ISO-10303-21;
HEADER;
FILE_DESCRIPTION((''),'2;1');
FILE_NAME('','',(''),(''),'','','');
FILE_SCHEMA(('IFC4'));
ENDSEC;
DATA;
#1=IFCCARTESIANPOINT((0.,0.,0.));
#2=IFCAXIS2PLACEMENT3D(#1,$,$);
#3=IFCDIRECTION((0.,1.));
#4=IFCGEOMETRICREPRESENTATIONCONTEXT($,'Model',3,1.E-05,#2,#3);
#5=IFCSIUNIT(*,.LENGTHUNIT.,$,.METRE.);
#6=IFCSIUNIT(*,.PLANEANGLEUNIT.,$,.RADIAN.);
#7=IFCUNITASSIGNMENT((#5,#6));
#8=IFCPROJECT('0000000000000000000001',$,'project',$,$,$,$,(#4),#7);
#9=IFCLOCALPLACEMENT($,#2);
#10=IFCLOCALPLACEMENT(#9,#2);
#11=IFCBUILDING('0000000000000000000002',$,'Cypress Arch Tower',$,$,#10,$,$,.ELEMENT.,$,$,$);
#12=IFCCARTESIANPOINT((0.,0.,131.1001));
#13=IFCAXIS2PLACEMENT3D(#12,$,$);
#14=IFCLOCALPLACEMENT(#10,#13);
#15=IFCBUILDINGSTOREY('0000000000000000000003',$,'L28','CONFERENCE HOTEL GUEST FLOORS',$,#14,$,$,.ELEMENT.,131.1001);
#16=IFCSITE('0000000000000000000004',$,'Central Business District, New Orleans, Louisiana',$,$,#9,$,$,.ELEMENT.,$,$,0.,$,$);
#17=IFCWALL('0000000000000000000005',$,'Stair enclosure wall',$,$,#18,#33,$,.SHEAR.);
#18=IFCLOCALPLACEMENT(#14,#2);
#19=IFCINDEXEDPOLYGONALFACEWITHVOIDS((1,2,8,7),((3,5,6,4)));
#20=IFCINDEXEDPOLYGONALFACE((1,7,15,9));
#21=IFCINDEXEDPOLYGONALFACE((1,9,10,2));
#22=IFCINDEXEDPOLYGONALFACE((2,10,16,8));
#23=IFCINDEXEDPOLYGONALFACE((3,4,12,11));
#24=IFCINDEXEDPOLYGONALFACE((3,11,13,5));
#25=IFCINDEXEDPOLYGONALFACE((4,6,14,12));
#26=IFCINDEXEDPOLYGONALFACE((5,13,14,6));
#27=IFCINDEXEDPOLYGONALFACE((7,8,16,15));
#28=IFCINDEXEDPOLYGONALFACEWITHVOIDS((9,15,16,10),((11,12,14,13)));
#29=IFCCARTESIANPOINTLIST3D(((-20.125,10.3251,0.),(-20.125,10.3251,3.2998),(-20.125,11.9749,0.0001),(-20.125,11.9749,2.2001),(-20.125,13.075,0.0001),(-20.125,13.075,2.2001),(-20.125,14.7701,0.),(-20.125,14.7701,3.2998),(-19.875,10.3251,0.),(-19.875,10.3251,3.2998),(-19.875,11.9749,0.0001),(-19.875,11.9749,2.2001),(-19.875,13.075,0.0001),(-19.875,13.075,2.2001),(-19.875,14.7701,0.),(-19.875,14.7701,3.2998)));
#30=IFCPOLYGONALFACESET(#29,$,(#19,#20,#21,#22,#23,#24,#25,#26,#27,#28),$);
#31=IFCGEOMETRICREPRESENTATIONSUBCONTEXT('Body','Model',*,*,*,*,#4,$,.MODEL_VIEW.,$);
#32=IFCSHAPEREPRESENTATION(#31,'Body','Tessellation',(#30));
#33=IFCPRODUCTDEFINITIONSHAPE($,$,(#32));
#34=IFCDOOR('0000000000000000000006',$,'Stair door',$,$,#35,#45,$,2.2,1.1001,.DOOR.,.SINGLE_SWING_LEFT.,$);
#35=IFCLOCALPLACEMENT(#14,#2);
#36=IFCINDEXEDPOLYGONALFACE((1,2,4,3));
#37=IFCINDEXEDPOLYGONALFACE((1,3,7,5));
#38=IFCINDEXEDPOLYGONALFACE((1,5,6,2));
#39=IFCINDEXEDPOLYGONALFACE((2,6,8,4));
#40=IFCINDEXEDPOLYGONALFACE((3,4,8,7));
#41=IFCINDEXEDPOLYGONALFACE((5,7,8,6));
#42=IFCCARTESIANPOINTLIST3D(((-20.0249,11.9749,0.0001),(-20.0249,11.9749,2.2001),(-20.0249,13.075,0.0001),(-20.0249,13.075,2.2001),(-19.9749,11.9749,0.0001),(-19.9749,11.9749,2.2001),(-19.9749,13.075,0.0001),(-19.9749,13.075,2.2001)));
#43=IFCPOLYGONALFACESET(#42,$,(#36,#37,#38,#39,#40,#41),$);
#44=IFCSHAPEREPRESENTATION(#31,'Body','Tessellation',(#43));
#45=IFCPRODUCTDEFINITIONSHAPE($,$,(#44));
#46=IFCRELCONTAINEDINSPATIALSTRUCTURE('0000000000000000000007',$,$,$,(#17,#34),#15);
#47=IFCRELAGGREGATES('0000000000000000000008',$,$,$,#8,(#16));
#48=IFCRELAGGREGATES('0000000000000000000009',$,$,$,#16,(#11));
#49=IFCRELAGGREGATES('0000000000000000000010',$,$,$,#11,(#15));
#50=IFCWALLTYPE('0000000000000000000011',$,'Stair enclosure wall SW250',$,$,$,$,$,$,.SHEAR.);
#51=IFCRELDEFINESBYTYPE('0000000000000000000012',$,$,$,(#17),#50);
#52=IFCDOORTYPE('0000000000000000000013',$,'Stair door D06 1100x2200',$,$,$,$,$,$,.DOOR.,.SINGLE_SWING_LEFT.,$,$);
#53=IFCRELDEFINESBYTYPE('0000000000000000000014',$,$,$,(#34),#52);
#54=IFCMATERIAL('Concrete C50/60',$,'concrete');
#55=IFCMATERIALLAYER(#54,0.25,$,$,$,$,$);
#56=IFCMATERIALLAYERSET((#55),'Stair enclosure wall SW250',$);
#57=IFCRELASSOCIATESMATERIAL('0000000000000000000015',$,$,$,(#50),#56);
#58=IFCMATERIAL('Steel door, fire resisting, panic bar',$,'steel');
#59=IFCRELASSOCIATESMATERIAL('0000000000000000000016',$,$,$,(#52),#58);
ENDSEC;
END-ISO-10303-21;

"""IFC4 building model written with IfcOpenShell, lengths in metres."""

from ifc_helpers import new_model, si_unit, direction, frame, frame_2d, origin, place, context, subcontext, project, spatial, rectangle, extrude, material, layer, layer_set, type_object, element, fill, save


model = new_model("IFC4")

# Units and contexts
model_context = context("Model", 3, precision=1e-05, world=origin(), true_north=direction((0.0, 1.0)))
body_context = subcontext(model_context, "Body", "Model", "MODEL_VIEW")
ifc_project = project(units=[si_unit("LENGTHUNIT", "METRE"), si_unit("PLANEANGLEUNIT", "RADIAN")], contexts=[model_context])

# Site, building, storey
site_placement = place(None, origin())
site = spatial("IfcSite", under=ifc_project, at=site_placement, Name="Central Business District, New Orleans, Louisiana", CompositionType="ELEMENT", RefElevation=0.0)
building_placement = place(site_placement, origin())
building = spatial("IfcBuilding", under=site, at=building_placement, Name="Cypress Arch Tower", CompositionType="ELEMENT")
storey_placement = place(building_placement, frame((0.0, 0.0, 131.1001)))
storey = spatial("IfcBuildingStorey", under=building, at=storey_placement, Name="L28", Description="CONFERENCE HOTEL GUEST FLOORS", CompositionType="ELEMENT", Elevation=131.1001)

# Wall, opening, door
ifc_material_1 = material(Name="Concrete C50/60", Category="concrete")
ifc_layer_1 = layer(ifc_material_1, 0.25)
ifc_layer_set_1 = layer_set([ifc_layer_1], Name="Stair enclosure wall SW250")
wall_type_1 = type_object("IfcWallType", Name="Stair enclosure wall SW250", PredefinedType="SHEAR", material=ifc_layer_set_1)
wall_1_placement = place(storey_placement, frame((-20.0, 10.325, 0.0), z_axis=(0.0, 0.0, 1.0), x_axis=(0.0, 1.0, 0.0)))
wall_1 = element("IfcWall", 1, at=wall_1_placement, inside=storey, type_object=wall_type_1, Name="Stair enclosure wall", PredefinedType="SHEAR", context=body_context, shape_type="SweptSolid", body=[
    extrude(rectangle(XDim=4.4451, YDim=0.25, at=frame_2d((2.2227, 0.0))), origin(), (0.0, 0.0, 1.0), 3.2998),
])
opening_1_placement = place(wall_1_placement, frame((1.6499, 0.0, 0.0)))
opening_1 = element("IfcOpeningElement", 2, at=opening_1_placement, cuts=wall_1, PredefinedType="OPENING", context=body_context, shape_type="SweptSolid", body=[
    extrude(rectangle(XDim=1.1001, YDim=2.2, at=frame_2d((0.55, 1.1001))), frame((0.0, 0.135, 0.0), z_axis=(0.0, -1.0, 0.0), x_axis=(1.0, 0.0, 0.0)), (0.0, 0.0, 1.0), 0.27),
])
ifc_material_2 = material(Name="Steel door, fire resisting, panic bar", Category="steel")
door_type_1 = type_object("IfcDoorType", Name="Stair door D06 1100x2200", OperationType="SINGLE_SWING_LEFT", PredefinedType="DOOR", material=ifc_material_2)
door_1_placement = place(opening_1_placement, origin())
door_1 = element("IfcDoor", 3, at=door_1_placement, inside=storey, type_object=door_type_1, Name="Stair door", OperationType="SINGLE_SWING_LEFT", OverallHeight=2.2, OverallWidth=1.1001, PredefinedType="DOOR", context=body_context, shape_type="SweptSolid", body=[
    extrude(rectangle(XDim=1.1001, YDim=2.2, at=frame_2d((0.55, 1.1001))), frame((0.0, 0.0249, 0.0), z_axis=(0.0, -1.0, 0.0), x_axis=(1.0, 0.0, 0.0)), (0.0, 0.0, 1.0), 0.05),
])
fill(opening_1, door_1)

save(model, "model.ifc")
